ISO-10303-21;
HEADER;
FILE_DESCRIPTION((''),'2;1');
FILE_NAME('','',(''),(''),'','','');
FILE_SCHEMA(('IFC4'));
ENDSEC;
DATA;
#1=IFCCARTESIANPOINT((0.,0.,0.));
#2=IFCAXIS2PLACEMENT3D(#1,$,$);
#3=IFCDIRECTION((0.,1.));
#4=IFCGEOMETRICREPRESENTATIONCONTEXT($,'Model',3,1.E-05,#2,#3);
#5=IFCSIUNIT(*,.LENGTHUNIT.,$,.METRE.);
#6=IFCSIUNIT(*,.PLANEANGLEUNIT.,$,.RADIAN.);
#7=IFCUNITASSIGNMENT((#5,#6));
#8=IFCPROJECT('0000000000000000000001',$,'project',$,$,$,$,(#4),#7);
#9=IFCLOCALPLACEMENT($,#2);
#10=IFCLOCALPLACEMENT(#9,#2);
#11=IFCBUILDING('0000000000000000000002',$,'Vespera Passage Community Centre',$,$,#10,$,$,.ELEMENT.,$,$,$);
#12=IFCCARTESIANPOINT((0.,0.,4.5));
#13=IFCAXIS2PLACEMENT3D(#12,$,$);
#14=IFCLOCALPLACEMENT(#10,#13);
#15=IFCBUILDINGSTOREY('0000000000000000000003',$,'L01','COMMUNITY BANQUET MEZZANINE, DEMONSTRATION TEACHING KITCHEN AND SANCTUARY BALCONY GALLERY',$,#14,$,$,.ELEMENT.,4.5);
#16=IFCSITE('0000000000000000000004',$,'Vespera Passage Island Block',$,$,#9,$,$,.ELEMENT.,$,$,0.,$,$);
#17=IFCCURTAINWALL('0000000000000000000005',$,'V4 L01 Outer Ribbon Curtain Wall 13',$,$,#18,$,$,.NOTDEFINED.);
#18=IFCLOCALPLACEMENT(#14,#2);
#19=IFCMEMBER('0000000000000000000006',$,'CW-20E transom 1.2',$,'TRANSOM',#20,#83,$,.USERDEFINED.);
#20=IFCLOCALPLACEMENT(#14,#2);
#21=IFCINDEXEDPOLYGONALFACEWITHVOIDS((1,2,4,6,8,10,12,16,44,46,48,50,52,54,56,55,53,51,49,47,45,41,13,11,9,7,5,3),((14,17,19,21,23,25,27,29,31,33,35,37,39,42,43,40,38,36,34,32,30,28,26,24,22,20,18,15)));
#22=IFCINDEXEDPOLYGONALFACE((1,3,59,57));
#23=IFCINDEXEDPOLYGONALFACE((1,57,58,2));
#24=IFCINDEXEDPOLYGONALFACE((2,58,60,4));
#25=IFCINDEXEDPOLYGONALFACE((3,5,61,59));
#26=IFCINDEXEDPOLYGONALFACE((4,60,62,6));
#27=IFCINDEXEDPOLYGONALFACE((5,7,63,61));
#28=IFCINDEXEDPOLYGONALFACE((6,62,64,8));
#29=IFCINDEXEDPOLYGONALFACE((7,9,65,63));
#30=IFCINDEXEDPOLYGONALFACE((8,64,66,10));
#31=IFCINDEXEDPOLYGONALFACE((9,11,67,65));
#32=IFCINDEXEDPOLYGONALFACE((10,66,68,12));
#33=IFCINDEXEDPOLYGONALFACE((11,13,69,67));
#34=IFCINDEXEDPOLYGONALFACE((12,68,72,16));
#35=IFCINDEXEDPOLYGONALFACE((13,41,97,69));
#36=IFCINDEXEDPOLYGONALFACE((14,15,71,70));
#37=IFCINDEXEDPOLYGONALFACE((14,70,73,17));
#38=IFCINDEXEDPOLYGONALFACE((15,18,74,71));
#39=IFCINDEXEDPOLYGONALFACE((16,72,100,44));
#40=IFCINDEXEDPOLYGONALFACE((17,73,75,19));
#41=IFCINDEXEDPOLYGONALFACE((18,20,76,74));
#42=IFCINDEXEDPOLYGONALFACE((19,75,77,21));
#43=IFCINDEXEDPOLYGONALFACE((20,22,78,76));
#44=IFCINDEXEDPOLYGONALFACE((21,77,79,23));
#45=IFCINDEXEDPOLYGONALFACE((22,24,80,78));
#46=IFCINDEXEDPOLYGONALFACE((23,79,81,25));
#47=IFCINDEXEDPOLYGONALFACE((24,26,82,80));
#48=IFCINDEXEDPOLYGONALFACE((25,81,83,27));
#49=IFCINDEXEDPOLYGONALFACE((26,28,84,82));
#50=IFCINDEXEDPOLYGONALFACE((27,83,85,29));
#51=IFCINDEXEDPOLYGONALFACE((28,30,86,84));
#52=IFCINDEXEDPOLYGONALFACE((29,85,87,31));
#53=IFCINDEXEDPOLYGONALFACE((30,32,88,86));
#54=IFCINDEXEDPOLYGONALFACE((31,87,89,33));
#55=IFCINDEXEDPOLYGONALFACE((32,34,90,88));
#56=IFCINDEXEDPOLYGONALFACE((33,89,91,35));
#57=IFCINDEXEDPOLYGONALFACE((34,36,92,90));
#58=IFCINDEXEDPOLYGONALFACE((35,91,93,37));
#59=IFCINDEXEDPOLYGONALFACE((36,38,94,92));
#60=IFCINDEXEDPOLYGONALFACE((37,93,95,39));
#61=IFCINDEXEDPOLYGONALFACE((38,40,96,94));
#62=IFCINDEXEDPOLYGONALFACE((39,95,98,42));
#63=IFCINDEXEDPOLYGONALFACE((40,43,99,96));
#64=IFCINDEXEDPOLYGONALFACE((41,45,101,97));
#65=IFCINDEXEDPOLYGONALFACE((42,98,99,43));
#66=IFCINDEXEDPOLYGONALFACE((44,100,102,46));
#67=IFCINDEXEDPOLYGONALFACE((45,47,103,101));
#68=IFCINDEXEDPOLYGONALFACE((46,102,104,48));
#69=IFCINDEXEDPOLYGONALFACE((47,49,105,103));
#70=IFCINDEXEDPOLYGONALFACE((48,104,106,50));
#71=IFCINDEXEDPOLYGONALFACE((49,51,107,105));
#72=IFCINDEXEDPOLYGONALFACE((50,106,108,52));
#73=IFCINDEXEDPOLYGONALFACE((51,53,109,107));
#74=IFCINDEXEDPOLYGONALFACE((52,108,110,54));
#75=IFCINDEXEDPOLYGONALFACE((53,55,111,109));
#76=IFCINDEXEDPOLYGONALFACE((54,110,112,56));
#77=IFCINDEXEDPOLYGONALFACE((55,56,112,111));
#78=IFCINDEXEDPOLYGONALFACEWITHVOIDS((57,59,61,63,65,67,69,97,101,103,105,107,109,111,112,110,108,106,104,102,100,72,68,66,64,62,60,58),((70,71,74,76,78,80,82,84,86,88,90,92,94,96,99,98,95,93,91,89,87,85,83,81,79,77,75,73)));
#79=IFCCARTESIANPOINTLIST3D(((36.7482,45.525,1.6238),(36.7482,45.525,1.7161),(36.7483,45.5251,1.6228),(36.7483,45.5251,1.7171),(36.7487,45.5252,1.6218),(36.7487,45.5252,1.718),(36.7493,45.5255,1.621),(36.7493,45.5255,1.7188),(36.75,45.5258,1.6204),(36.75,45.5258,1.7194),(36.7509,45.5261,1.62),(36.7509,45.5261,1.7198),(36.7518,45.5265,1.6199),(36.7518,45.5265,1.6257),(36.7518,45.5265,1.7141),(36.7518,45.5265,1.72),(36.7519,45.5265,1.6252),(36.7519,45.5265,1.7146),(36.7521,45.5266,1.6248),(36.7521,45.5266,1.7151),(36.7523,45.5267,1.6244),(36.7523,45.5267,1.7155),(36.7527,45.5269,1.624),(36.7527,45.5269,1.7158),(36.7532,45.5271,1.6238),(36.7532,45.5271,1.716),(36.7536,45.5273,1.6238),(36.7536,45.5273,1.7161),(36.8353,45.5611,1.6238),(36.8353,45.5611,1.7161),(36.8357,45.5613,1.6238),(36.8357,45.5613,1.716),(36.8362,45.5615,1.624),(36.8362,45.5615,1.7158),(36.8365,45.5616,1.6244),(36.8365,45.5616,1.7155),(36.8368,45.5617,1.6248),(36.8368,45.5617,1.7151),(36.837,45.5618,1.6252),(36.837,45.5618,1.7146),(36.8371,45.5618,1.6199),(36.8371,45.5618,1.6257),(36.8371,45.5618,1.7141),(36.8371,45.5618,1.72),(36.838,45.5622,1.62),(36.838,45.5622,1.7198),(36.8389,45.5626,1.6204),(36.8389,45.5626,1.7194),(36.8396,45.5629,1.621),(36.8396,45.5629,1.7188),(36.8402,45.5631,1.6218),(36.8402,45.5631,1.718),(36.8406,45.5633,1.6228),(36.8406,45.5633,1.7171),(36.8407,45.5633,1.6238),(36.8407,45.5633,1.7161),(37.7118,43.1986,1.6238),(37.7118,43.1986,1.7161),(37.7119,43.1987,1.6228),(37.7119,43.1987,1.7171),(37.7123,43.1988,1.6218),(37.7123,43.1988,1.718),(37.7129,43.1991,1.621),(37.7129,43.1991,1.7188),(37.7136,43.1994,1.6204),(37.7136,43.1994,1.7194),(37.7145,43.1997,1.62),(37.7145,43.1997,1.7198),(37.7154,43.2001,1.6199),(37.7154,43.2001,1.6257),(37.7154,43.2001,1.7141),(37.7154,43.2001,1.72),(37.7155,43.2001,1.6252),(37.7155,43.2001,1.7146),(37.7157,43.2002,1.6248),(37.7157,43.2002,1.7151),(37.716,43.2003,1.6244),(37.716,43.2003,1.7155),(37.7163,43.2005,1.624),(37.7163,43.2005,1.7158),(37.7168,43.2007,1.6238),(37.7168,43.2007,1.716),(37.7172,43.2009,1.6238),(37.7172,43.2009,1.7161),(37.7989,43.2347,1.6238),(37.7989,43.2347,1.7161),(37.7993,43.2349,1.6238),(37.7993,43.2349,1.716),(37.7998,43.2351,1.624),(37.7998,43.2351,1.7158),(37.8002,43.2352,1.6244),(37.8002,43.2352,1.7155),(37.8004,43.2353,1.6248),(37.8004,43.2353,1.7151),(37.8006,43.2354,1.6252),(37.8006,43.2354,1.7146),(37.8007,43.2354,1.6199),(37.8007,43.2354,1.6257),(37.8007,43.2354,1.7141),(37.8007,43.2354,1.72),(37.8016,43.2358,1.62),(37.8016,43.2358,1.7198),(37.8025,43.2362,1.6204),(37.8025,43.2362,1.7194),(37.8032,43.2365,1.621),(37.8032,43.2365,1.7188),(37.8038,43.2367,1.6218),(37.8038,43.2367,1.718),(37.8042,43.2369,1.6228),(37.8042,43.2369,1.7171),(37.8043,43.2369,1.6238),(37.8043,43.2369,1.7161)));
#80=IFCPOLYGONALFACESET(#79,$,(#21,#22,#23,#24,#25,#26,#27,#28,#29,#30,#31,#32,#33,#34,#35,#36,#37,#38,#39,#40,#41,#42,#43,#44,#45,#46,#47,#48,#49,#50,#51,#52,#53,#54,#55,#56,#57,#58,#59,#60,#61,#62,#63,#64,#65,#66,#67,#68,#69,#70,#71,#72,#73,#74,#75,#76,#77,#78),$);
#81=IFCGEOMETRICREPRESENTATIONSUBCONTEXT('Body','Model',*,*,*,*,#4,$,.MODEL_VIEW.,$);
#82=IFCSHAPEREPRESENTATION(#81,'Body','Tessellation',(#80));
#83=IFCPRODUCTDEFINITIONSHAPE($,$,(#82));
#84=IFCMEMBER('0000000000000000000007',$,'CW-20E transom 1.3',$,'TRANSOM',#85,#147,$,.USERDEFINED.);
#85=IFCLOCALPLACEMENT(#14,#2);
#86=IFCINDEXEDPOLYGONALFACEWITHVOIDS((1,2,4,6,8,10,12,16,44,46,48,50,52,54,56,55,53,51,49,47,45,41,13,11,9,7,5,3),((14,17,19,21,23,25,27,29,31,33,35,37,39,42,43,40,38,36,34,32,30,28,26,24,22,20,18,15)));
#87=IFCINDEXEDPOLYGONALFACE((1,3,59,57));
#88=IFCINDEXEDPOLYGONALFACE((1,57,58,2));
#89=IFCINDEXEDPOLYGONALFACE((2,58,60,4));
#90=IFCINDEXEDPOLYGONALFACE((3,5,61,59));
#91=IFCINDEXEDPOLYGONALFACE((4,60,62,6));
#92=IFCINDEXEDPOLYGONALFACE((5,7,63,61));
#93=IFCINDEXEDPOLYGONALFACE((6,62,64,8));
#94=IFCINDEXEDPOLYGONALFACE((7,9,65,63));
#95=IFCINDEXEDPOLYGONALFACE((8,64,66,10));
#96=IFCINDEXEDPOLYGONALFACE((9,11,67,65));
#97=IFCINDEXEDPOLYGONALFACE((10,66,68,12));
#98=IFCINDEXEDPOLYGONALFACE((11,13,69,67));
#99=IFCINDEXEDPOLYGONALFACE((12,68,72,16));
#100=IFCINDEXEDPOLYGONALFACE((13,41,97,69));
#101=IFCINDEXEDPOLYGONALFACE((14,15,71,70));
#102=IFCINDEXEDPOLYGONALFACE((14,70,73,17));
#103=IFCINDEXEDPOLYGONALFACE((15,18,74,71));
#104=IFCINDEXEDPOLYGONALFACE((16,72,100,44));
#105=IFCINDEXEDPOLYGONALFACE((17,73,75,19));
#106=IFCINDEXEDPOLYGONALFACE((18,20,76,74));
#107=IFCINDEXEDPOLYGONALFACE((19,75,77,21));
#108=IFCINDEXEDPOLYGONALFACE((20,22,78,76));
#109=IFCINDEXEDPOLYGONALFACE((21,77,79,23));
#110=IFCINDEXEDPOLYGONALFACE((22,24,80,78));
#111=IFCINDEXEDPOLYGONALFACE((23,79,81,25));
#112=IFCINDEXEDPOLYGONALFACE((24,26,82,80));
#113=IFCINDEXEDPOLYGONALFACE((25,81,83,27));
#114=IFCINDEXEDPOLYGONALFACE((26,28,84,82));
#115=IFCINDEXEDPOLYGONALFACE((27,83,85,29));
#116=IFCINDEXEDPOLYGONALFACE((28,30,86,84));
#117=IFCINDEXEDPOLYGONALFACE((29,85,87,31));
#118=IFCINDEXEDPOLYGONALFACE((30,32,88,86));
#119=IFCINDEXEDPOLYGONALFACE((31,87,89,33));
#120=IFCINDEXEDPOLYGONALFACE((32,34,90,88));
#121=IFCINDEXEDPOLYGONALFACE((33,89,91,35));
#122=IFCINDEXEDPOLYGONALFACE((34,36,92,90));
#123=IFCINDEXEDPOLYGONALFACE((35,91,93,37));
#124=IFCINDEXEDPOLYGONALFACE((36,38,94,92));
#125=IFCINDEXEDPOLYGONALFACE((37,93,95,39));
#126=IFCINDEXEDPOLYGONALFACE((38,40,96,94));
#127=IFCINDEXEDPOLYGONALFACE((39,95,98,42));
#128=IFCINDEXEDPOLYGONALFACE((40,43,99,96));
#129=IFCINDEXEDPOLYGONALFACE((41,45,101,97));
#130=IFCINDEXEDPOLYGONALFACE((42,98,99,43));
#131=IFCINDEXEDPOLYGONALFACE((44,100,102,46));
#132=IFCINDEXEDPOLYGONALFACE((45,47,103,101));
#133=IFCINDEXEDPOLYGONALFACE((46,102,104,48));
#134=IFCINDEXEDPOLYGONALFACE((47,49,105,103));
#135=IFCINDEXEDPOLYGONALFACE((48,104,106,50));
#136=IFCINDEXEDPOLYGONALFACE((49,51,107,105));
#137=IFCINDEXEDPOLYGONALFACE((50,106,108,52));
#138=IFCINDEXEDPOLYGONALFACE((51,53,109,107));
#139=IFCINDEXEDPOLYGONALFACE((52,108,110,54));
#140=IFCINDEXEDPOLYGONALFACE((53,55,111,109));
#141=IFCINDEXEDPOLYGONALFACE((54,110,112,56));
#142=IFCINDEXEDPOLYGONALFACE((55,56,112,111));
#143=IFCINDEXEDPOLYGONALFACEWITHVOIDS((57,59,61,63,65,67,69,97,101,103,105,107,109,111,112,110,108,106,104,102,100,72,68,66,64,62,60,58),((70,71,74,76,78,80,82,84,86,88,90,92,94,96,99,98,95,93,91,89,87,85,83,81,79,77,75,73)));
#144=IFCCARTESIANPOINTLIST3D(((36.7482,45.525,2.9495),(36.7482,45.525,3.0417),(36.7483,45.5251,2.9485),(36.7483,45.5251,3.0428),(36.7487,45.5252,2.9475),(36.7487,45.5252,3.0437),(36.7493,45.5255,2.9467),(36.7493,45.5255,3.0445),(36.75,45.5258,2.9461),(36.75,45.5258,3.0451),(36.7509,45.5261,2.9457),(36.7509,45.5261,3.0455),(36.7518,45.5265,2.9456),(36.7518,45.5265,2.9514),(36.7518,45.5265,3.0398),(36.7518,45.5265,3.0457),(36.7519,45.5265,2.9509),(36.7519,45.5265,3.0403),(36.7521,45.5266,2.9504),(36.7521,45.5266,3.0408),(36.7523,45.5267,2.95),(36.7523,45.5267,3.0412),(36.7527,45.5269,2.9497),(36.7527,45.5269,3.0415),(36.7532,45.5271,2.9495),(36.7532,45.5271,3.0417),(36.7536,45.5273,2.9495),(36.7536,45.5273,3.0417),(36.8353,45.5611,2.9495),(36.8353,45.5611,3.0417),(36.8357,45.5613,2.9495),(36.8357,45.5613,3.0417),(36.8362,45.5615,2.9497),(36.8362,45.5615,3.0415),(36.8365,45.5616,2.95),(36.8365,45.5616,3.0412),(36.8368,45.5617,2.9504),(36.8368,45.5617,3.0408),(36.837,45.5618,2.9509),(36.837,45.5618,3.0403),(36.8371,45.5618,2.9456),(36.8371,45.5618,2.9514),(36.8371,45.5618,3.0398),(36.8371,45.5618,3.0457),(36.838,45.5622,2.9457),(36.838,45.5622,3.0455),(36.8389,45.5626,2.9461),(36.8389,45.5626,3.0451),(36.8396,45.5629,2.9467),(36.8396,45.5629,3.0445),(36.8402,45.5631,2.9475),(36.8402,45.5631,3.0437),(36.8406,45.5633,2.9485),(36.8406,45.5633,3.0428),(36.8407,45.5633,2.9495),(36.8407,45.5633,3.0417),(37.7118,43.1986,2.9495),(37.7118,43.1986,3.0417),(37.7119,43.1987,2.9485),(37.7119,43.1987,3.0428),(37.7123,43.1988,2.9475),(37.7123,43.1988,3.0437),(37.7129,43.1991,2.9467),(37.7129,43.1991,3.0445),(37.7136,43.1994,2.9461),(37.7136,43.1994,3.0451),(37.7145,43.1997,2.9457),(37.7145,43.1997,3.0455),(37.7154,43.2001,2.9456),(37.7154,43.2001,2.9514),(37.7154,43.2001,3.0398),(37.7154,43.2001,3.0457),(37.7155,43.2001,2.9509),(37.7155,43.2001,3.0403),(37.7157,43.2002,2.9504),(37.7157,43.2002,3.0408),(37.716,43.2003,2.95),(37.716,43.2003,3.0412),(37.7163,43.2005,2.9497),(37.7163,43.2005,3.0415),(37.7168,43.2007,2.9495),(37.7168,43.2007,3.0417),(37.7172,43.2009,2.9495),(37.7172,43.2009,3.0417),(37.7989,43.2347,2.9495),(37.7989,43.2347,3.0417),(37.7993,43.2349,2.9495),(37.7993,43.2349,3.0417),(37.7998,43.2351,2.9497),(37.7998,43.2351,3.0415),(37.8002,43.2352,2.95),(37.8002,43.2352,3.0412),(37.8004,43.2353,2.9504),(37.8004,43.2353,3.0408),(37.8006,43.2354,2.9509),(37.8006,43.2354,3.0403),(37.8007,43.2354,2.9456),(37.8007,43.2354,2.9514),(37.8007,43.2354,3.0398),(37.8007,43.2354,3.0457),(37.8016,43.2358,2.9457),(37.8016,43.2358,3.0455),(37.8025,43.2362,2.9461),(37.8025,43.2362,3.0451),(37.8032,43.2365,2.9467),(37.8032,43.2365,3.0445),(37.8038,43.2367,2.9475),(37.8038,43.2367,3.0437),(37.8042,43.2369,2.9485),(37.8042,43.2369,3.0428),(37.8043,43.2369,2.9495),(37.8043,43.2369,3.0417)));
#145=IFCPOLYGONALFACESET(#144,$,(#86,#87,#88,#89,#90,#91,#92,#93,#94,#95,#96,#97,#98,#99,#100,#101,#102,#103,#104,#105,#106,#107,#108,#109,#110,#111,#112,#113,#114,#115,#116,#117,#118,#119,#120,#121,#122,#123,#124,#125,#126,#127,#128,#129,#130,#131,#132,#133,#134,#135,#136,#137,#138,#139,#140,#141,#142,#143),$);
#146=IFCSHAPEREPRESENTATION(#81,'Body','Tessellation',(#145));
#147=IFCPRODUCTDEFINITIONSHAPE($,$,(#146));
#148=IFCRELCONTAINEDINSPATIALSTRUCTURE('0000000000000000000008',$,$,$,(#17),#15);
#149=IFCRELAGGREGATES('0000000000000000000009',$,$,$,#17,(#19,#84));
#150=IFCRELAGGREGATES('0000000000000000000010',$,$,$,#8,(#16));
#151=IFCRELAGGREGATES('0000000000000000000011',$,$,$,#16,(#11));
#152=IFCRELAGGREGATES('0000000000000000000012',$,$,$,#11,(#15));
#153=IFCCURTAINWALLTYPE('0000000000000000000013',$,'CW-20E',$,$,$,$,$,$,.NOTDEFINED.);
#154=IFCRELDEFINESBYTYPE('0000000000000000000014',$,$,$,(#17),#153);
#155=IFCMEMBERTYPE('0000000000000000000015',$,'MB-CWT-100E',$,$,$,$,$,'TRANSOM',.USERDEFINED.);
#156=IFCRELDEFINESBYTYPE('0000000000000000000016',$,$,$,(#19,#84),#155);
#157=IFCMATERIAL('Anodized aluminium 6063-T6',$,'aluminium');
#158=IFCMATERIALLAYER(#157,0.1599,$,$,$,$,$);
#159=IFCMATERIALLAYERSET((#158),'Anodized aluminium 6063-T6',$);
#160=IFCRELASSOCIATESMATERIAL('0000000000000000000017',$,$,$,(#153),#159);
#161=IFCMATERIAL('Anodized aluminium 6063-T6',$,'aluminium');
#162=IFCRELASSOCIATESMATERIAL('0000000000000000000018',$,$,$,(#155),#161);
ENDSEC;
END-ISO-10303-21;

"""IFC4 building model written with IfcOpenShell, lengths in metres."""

from ifc_helpers import new_model, si_unit, direction, frame, origin, origin_2d, place, context, subcontext, project, spatial, hollow_rectangle, extrude, material, layer, layer_set, material_profile, profile_set, type_object, element, aggregate, save


model = new_model("IFC4")

# Units and contexts
model_context = context("Model", 3, precision=1e-05, world=origin(), true_north=direction((0.0, 1.0)))
body_context = subcontext(model_context, "Body", "Model", "MODEL_VIEW")
ifc_project = project(units=[si_unit("LENGTHUNIT", "METRE"), si_unit("PLANEANGLEUNIT", "RADIAN")], contexts=[model_context])

# Site, building, storey
site_placement = place(None, origin())
site = spatial("IfcSite", under=ifc_project, at=site_placement, Name="Vespera Passage Island Block", CompositionType="ELEMENT", RefElevation=0.0)
building_placement = place(site_placement, origin())
building = spatial("IfcBuilding", under=site, at=building_placement, Name="Vespera Passage Community Centre", CompositionType="ELEMENT")
storey_placement = place(building_placement, frame((0.0, 0.0, 4.5)))
storey = spatial("IfcBuildingStorey", under=building, at=storey_placement, Name="L01", Description="COMMUNITY BANQUET MEZZANINE, DEMONSTRATION TEACHING KITCHEN AND SANCTUARY BALCONY GALLERY", CompositionType="ELEMENT", Elevation=4.5)

# Curtain wall
ifc_material_1 = material(Name="Anodized aluminium 6063-T6", Category="aluminium")
ifc_layer_1 = layer(ifc_material_1, 0.1599)
ifc_layer_set_1 = layer_set([ifc_layer_1], Name="Anodized aluminium 6063-T6")
curtain_wall_type_1 = type_object("IfcCurtainWallType", Name="CW-20E", PredefinedType="NOTDEFINED", material=ifc_layer_set_1)
curtain_wall_1_placement = place(storey_placement, origin())
curtain_wall_1 = element("IfcCurtainWall", 1, at=curtain_wall_1_placement, inside=storey, type_object=curtain_wall_type_1, Name="V4 L01 Outer Ribbon Curtain Wall 13", PredefinedType="NOTDEFINED")

# Members
ifc_material_2 = material(Name="Anodized aluminium 6063-T6", Category="aluminium")
ifc_material_profile_1 = material_profile(ifc_material_2, hollow_rectangle(XDim=0.1001, YDim=0.1001, WallThickness=0.0039, InnerFilletRadius=0.002, OuterFilletRadius=0.0039, at=origin_2d()), Name="ALU100X100X4")
ifc_profile_set_1 = profile_set([ifc_material_profile_1], Name="Anodized aluminium 6063-T6")
member_type_1 = type_object("IfcMemberType", Name="MB-CWT-100E", ElementType="TRANSOM", PredefinedType="USERDEFINED", material=ifc_profile_set_1)
member_1_placement = place(storey_placement, frame((37.7581, 43.2178, 1.6699), z_axis=(-0.38268, 0.923881, 0.0), x_axis=(-0.923881, -0.38268, 0.0)))
member_1 = element("IfcMember", 2, at=member_1_placement, type_object=member_type_1, Name="CW-20E transom 1.2", ObjectType="TRANSOM", PredefinedType="USERDEFINED", context=body_context, shape_type="SweptSolid", body=[
    extrude(hollow_rectangle(XDim=0.1001, YDim=0.1001, WallThickness=0.0039, InnerFilletRadius=0.002, OuterFilletRadius=0.0039, at=origin_2d()), origin(), (0.0, 0.0, 1.0), 2.5181),
])
member_2_placement = place(storey_placement, frame((37.7581, 43.2178, 2.9956), z_axis=(-0.38268, 0.923881, 0.0), x_axis=(-0.923881, -0.38268, 0.0)))
member_2 = element("IfcMember", 3, at=member_2_placement, type_object=member_type_1, Name="CW-20E transom 1.3", ObjectType="TRANSOM", PredefinedType="USERDEFINED", context=body_context, shape_type="SweptSolid", body=[
    extrude(hollow_rectangle(XDim=0.1001, YDim=0.1001, WallThickness=0.0039, InnerFilletRadius=0.002, OuterFilletRadius=0.0039, at=origin_2d()), origin(), (0.0, 0.0, 1.0), 2.5181),
])

aggregate(curtain_wall_1, [member_1, member_2])

save(model, "model.ifc")
